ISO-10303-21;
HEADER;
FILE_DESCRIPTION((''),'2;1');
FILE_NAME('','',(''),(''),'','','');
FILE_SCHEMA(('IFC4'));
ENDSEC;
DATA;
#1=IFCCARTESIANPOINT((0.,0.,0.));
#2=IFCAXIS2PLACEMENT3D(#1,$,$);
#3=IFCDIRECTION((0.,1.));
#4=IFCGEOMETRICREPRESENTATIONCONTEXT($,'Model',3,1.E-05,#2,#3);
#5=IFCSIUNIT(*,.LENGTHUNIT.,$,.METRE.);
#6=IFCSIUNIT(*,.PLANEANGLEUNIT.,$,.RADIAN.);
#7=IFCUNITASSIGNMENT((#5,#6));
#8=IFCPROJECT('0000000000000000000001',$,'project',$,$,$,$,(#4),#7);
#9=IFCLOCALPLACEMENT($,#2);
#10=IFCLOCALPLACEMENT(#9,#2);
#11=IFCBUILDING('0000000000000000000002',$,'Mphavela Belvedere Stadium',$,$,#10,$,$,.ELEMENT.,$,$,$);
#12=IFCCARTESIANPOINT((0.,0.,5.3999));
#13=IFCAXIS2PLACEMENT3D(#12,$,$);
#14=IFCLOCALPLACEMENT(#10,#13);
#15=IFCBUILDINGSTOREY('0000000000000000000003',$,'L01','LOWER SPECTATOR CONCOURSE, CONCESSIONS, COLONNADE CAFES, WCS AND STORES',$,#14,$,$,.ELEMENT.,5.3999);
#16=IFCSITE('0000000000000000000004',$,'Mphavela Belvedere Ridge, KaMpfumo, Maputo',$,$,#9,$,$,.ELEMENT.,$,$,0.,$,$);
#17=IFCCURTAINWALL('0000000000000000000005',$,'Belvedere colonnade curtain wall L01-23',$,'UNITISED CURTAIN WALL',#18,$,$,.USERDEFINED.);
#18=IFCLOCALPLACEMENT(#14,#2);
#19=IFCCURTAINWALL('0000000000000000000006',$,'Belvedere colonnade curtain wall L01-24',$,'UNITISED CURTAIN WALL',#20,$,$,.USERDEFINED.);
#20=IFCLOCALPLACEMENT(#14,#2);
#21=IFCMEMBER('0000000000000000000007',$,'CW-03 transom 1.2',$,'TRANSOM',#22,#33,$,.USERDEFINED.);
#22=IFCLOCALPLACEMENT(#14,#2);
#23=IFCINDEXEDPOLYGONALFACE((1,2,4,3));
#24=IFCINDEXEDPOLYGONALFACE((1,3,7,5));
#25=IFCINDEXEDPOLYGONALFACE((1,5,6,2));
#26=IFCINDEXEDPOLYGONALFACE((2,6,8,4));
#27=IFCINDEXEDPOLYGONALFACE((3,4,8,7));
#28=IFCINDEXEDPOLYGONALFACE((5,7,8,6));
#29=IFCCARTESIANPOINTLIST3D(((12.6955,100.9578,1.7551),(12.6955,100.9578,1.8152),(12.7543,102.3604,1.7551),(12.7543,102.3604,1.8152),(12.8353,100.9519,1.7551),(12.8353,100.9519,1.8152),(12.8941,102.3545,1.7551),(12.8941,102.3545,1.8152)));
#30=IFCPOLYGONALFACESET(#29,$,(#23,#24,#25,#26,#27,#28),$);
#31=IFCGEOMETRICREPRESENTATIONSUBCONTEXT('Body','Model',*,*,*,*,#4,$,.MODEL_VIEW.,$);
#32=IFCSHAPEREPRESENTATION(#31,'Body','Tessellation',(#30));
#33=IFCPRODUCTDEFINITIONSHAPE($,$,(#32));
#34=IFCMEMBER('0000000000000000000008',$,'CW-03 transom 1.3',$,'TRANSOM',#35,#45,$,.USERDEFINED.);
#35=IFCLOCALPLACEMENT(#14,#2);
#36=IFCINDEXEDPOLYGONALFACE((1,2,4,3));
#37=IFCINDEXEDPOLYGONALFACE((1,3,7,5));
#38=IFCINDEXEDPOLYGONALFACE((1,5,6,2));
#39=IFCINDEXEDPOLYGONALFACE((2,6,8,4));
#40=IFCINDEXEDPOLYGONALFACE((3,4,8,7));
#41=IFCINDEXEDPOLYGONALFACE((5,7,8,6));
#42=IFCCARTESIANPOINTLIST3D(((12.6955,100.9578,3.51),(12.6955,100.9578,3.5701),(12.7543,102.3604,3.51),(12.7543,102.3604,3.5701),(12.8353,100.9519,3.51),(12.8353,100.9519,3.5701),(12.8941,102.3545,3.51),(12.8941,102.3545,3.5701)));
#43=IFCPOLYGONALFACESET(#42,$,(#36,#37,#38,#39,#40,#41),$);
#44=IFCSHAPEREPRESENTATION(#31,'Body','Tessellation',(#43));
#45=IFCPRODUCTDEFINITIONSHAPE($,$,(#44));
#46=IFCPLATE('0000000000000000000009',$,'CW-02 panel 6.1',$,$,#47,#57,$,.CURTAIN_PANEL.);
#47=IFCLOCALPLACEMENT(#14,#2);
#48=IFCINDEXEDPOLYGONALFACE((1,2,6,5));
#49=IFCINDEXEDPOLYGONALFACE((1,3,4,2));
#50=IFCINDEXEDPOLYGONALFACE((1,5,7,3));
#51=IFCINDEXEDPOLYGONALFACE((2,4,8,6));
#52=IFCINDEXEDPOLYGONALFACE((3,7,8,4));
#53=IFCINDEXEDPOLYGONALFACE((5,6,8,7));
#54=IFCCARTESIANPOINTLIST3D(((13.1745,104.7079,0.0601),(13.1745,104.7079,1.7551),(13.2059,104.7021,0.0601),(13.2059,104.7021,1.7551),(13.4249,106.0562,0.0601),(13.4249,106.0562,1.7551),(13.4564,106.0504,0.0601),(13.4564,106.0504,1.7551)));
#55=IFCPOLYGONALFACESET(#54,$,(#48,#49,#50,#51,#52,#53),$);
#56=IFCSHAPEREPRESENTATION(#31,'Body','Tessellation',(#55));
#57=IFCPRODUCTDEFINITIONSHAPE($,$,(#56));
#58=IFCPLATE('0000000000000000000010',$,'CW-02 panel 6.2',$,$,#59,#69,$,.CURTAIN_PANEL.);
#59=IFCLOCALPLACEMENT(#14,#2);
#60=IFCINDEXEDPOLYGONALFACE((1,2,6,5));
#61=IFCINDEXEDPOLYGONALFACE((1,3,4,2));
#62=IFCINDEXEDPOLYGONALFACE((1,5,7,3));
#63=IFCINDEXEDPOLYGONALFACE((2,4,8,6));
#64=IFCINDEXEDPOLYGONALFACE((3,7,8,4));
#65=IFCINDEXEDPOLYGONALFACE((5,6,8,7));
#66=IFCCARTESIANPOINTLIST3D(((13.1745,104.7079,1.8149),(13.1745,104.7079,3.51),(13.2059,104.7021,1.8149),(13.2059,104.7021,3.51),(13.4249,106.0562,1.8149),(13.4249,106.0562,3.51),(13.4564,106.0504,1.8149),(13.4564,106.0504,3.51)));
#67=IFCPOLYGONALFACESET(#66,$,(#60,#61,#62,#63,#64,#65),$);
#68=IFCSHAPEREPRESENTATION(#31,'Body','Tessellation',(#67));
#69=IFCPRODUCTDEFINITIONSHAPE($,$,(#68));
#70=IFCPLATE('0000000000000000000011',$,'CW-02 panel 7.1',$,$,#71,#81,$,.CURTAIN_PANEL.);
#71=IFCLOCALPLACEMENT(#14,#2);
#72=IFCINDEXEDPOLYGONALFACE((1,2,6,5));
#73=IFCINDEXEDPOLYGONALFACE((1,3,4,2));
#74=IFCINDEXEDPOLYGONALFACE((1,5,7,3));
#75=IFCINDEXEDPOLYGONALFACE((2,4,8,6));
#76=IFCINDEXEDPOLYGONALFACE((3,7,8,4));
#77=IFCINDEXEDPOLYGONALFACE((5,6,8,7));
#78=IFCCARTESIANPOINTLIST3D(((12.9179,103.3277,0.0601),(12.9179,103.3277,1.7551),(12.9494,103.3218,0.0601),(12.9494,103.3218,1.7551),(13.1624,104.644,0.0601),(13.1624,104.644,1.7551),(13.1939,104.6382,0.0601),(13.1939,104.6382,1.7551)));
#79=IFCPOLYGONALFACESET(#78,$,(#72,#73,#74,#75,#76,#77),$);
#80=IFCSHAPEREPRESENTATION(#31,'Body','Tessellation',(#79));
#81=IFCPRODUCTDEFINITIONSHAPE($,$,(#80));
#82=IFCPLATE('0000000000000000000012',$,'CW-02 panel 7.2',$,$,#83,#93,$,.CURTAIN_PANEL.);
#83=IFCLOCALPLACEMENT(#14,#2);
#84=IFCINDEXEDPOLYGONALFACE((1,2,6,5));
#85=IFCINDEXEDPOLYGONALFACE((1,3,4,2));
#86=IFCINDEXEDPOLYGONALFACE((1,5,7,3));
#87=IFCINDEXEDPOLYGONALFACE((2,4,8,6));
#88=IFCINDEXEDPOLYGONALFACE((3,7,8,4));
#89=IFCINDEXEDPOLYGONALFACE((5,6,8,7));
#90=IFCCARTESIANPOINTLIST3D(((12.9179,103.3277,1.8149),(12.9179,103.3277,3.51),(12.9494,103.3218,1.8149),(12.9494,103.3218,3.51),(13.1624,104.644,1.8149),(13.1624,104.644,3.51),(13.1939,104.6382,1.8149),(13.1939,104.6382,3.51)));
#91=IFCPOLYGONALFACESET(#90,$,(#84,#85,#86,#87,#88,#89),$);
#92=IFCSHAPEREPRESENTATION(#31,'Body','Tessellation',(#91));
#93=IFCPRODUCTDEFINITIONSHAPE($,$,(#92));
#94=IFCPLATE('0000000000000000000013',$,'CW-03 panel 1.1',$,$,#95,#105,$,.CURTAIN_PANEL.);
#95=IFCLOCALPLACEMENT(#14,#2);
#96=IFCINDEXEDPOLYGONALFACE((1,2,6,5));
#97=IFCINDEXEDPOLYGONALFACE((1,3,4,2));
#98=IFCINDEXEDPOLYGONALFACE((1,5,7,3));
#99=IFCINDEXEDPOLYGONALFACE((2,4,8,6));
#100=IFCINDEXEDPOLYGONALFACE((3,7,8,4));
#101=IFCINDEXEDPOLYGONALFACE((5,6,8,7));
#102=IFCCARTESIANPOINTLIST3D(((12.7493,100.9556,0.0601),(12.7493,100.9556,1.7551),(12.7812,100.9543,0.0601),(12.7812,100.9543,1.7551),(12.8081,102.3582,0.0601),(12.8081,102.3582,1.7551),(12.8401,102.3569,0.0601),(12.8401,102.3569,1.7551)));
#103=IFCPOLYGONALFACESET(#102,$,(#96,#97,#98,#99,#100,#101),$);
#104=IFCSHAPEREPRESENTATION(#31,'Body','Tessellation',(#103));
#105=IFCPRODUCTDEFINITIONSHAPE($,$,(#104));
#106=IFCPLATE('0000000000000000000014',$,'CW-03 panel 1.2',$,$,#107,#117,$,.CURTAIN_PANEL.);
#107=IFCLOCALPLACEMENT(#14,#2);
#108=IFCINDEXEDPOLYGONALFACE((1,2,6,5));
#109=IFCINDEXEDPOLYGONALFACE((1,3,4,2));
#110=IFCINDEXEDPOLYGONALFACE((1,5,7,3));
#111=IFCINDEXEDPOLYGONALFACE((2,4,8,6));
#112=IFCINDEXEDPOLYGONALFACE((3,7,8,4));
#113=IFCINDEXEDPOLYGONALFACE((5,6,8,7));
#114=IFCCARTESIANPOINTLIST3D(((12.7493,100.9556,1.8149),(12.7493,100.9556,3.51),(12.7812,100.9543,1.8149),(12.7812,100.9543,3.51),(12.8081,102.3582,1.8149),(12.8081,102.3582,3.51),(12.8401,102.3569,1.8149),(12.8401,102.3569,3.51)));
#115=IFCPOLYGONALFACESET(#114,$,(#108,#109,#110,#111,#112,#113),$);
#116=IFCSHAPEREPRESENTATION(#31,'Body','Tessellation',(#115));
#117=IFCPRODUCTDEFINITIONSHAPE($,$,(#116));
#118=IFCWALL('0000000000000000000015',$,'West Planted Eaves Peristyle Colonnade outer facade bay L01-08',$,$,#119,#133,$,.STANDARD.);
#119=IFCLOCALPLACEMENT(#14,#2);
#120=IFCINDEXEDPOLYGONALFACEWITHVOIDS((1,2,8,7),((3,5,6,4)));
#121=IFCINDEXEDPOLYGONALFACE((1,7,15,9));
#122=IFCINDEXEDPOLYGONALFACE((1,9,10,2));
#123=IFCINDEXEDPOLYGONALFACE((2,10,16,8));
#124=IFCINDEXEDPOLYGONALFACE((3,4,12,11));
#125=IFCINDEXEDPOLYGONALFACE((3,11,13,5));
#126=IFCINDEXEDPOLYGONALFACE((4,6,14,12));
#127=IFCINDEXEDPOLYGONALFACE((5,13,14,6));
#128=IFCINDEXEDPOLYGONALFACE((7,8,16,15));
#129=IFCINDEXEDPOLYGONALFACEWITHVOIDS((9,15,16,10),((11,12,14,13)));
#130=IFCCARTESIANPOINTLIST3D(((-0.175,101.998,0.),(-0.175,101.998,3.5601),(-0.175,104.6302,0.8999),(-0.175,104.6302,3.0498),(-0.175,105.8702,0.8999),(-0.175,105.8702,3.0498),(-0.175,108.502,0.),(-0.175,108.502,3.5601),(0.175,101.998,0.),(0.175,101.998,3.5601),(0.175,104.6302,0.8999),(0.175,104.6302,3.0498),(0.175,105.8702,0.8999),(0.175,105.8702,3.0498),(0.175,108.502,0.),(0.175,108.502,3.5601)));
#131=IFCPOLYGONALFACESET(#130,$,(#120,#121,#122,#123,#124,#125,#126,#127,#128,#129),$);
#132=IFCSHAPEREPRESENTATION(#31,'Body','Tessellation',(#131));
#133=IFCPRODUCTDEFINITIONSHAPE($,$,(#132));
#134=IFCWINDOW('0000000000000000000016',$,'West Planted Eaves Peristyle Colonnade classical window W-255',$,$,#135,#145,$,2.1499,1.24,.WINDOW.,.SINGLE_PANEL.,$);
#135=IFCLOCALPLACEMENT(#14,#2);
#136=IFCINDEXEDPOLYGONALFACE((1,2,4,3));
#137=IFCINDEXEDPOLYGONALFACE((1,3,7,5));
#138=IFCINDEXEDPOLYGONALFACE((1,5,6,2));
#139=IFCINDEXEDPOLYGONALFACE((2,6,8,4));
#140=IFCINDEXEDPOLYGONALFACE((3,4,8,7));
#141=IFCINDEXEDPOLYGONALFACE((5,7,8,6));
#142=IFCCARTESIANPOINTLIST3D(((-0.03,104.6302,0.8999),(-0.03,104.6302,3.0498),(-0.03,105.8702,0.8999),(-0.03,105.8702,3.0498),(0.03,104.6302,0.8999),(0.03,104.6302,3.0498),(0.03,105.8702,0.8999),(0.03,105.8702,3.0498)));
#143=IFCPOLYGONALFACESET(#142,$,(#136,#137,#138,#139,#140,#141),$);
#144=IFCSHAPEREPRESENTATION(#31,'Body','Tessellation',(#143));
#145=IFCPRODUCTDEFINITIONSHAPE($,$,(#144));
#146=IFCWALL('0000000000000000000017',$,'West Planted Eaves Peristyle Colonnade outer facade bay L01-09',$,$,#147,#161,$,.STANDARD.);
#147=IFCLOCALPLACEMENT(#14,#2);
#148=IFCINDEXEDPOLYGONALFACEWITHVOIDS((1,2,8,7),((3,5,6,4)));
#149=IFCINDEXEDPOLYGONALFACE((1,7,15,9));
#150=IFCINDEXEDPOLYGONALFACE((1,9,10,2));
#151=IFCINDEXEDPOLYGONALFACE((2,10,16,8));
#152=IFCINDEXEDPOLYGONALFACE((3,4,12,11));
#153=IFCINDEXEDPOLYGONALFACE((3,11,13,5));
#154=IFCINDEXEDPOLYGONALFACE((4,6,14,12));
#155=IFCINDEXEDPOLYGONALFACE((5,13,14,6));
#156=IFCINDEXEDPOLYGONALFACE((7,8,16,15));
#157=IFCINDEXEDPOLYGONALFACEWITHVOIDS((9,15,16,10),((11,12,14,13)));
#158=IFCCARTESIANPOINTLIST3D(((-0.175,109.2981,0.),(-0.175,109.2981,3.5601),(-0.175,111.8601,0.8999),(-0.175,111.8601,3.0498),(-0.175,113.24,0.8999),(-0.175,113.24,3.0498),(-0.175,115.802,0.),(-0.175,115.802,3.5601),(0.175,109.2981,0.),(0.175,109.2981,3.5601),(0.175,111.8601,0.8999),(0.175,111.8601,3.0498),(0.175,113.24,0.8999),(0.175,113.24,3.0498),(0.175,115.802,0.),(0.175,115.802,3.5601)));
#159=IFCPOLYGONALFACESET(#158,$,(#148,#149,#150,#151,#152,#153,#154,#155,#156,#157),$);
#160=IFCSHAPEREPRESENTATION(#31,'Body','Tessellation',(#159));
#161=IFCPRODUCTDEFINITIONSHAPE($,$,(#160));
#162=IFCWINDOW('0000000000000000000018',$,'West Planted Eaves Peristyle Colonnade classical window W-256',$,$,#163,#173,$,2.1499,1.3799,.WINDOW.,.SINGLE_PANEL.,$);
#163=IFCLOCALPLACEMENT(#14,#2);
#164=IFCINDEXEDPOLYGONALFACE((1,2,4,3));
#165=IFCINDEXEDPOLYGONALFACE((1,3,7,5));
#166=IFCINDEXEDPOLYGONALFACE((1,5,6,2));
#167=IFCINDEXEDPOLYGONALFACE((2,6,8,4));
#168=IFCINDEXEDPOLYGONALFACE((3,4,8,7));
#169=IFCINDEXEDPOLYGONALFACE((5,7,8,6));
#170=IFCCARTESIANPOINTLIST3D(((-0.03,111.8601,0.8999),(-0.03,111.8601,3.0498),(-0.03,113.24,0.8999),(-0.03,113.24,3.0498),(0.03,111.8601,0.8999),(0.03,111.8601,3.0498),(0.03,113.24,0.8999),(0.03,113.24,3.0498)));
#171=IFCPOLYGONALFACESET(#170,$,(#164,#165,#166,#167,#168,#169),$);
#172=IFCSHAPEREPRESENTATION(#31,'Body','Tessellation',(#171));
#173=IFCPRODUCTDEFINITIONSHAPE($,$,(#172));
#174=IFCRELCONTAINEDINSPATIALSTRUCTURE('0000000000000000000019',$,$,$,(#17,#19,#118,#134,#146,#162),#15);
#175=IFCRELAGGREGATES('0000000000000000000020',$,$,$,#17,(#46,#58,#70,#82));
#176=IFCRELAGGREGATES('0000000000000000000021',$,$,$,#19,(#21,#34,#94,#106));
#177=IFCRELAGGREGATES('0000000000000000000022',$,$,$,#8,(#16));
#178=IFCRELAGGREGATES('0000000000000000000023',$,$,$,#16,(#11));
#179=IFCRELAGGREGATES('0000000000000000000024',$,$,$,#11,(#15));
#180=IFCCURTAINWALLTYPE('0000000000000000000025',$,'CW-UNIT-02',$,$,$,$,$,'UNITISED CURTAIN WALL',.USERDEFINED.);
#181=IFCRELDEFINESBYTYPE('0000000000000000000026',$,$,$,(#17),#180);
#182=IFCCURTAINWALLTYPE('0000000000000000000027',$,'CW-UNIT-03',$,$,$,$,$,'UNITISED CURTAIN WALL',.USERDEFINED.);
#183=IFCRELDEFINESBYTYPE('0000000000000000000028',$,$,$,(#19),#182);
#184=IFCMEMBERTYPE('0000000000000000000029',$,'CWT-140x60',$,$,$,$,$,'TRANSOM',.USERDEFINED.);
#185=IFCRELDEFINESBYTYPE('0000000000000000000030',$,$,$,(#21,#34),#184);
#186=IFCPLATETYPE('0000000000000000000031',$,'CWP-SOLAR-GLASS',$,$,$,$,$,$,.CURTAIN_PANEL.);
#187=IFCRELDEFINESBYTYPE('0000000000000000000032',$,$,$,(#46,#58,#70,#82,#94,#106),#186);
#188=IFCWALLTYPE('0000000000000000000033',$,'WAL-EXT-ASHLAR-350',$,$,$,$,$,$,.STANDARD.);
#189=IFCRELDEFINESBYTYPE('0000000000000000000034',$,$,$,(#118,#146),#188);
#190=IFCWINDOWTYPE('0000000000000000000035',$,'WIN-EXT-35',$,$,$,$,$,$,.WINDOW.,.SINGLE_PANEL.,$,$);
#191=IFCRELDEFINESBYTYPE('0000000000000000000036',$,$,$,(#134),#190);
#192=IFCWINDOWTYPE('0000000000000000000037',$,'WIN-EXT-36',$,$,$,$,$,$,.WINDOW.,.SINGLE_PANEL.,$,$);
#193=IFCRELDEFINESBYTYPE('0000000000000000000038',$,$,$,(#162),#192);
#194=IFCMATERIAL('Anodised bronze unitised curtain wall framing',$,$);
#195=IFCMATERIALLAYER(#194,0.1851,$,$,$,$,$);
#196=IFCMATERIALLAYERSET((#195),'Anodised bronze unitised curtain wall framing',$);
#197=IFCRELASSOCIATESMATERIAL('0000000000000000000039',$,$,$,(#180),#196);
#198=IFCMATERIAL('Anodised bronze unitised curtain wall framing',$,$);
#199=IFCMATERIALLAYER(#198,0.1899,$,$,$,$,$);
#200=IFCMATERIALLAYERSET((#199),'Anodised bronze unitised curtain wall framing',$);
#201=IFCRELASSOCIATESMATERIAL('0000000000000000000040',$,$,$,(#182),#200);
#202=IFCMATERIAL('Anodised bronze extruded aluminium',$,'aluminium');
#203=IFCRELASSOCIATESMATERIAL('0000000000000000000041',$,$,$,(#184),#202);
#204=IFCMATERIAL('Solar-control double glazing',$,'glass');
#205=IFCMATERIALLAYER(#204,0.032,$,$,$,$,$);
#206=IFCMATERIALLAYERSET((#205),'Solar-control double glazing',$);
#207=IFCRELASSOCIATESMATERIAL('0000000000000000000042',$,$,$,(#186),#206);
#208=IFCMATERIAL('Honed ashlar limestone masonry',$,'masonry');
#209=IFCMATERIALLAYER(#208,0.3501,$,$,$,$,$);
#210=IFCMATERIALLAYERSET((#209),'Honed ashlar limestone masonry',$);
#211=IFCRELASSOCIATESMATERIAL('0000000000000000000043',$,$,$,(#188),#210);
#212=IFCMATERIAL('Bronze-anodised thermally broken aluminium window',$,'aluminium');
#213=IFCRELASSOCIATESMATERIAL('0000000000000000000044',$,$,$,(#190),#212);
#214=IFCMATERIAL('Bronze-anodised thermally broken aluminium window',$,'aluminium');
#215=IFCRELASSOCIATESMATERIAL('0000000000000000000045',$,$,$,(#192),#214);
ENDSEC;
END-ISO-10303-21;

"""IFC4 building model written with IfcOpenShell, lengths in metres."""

from ifc_helpers import new_model, si_unit, direction, frame, frame_2d, origin, origin_2d, place, context, subcontext, project, spatial, rectangle, extrude, material, layer, layer_set, material_profile, profile_set, type_object, element, fill, aggregate, save


model = new_model("IFC4")

# Units and contexts
model_context = context("Model", 3, precision=1e-05, world=origin(), true_north=direction((0.0, 1.0)))
body_context = subcontext(model_context, "Body", "Model", "MODEL_VIEW")
ifc_project = project(units=[si_unit("LENGTHUNIT", "METRE"), si_unit("PLANEANGLEUNIT", "RADIAN")], contexts=[model_context])

# Site, building, storey
site_placement = place(None, origin())
site = spatial("IfcSite", under=ifc_project, at=site_placement, Name="Mphavela Belvedere Ridge, KaMpfumo, Maputo", CompositionType="ELEMENT", RefElevation=0.0)
building_placement = place(site_placement, origin())
building = spatial("IfcBuilding", under=site, at=building_placement, Name="Mphavela Belvedere Stadium", CompositionType="ELEMENT")
storey_placement = place(building_placement, frame((0.0, 0.0, 5.3999)))
storey = spatial("IfcBuildingStorey", under=building, at=storey_placement, Name="L01", Description="LOWER SPECTATOR CONCOURSE, CONCESSIONS, COLONNADE CAFES, WCS AND STORES", CompositionType="ELEMENT", Elevation=5.3999)

# Curtain wall
ifc_material_1 = material(Name="Anodised bronze unitised curtain wall framing")
ifc_layer_1 = layer(ifc_material_1, 0.1851)
ifc_layer_set_1 = layer_set([ifc_layer_1], Name="Anodised bronze unitised curtain wall framing")
curtain_wall_type_1 = type_object("IfcCurtainWallType", Name="CW-UNIT-02", ElementType="UNITISED CURTAIN WALL", PredefinedType="USERDEFINED", material=ifc_layer_set_1)
curtain_wall_1_placement = place(storey_placement, origin())
curtain_wall_1 = element("IfcCurtainWall", 1, at=curtain_wall_1_placement, inside=storey, type_object=curtain_wall_type_1, Name="Belvedere colonnade curtain wall L01-23", ObjectType="UNITISED CURTAIN WALL", PredefinedType="USERDEFINED")

# Curtain wall
ifc_material_2 = material(Name="Anodised bronze unitised curtain wall framing")
ifc_layer_2 = layer(ifc_material_2, 0.1899)
ifc_layer_set_2 = layer_set([ifc_layer_2], Name="Anodised bronze unitised curtain wall framing")
curtain_wall_type_2 = type_object("IfcCurtainWallType", Name="CW-UNIT-03", ElementType="UNITISED CURTAIN WALL", PredefinedType="USERDEFINED", material=ifc_layer_set_2)
curtain_wall_2_placement = place(storey_placement, origin())
curtain_wall_2 = element("IfcCurtainWall", 2, at=curtain_wall_2_placement, inside=storey, type_object=curtain_wall_type_2, Name="Belvedere colonnade curtain wall L01-24", ObjectType="UNITISED CURTAIN WALL", PredefinedType="USERDEFINED")

# Members
ifc_material_3 = material(Name="Anodised bronze extruded aluminium", Category="aluminium")
ifc_material_profile_1 = material_profile(ifc_material_3, rectangle(XDim=0.1399, YDim=0.0601, at=origin_2d()), Name="CW-TRN 140x60")
ifc_profile_set_1 = profile_set([ifc_material_profile_1], Name="Anodised bronze extruded aluminium")
member_type_1 = type_object("IfcMemberType", Name="CWT-140x60", ElementType="TRANSOM", PredefinedType="USERDEFINED", material=ifc_profile_set_1)
member_1_placement = place(storey_placement, frame((12.8242, 102.3574, 1.7852), z_axis=(-0.041913, -0.999121, 0.0), x_axis=(0.999121, -0.041913, 0.0)))
member_1 = element("IfcMember", 3, at=member_1_placement, type_object=member_type_1, Name="CW-03 transom 1.2", ObjectType="TRANSOM", PredefinedType="USERDEFINED", context=body_context, shape_type="SweptSolid", body=[
    extrude(rectangle(XDim=0.1399, YDim=0.0601, at=origin_2d()), origin(), (0.0, 0.0, 1.0), 1.4038),
])
member_2_placement = place(storey_placement, frame((12.8242, 102.3574, 3.54), z_axis=(-0.041913, -0.999121, 0.0), x_axis=(0.999121, -0.041913, 0.0)))
member_2 = element("IfcMember", 4, at=member_2_placement, type_object=member_type_1, Name="CW-03 transom 1.3", ObjectType="TRANSOM", PredefinedType="USERDEFINED", context=body_context, shape_type="SweptSolid", body=[
    extrude(rectangle(XDim=0.1399, YDim=0.0601, at=origin_2d()), origin(), (0.0, 0.0, 1.0), 1.4038),
])

# Plates
ifc_material_4 = material(Name="Solar-control double glazing", Category="glass")
ifc_layer_3 = layer(ifc_material_4, 0.032)
ifc_layer_set_3 = layer_set([ifc_layer_3], Name="Solar-control double glazing")
plate_type = type_object("IfcPlateType", Name="CWP-SOLAR-GLASS", PredefinedType="CURTAIN_PANEL", material=ifc_layer_set_3)
plate_1_placement = place(storey_placement, frame((13.3154, 105.3792, 0.0601), z_axis=(0.0, 0.0, 1.0), x_axis=(-0.18262, -0.983184, 0.0)))
plate_1 = element("IfcPlate", 5, at=plate_1_placement, type_object=plate_type, Name="CW-02 panel 6.1", PredefinedType="CURTAIN_PANEL", context=body_context, shape_type="SweptSolid", body=[
    extrude(rectangle(XDim=1.3713, YDim=0.032, at=origin_2d()), origin(), (0.0, 0.0, 1.0), 1.6951),
])
plate_2_placement = place(storey_placement, frame((13.3154, 105.3792, 1.8149), z_axis=(0.0, 0.0, 1.0), x_axis=(-0.18262, -0.983184, 0.0)))
plate_2 = element("IfcPlate", 6, at=plate_2_placement, type_object=plate_type, Name="CW-02 panel 6.2", PredefinedType="CURTAIN_PANEL", context=body_context, shape_type="SweptSolid", body=[
    extrude(rectangle(XDim=1.3713, YDim=0.032, at=origin_2d()), origin(), (0.0, 0.0, 1.0), 1.6951),
])
plate_3_placement = place(storey_placement, frame((13.0559, 103.9829, 0.0601), z_axis=(0.0, 0.0, 1.0), x_axis=(-0.18262, -0.983184, 0.0)))
plate_3 = element("IfcPlate", 7, at=plate_3_placement, type_object=plate_type, Name="CW-02 panel 7.1", PredefinedType="CURTAIN_PANEL", context=body_context, shape_type="SweptSolid", body=[
    extrude(rectangle(XDim=1.3389, YDim=0.032, at=origin_2d()), origin(), (0.0, 0.0, 1.0), 1.6951),
])
plate_4_placement = place(storey_placement, frame((13.0559, 103.9829, 1.8149), z_axis=(0.0, 0.0, 1.0), x_axis=(-0.18262, -0.983184, 0.0)))
plate_4 = element("IfcPlate", 8, at=plate_4_placement, type_object=plate_type, Name="CW-02 panel 7.2", PredefinedType="CURTAIN_PANEL", context=body_context, shape_type="SweptSolid", body=[
    extrude(rectangle(XDim=1.3389, YDim=0.032, at=origin_2d()), origin(), (0.0, 0.0, 1.0), 1.6951),
])
aggregate(curtain_wall_1, [plate_1, plate_2, plate_3, plate_4])
plate_5_placement = place(storey_placement, frame((12.7947, 101.6562, 0.0601), z_axis=(0.0, 0.0, 1.0), x_axis=(-0.04191, -0.999121, 0.0)))
plate_5 = element("IfcPlate", 9, at=plate_5_placement, type_object=plate_type, Name="CW-03 panel 1.1", PredefinedType="CURTAIN_PANEL", context=body_context, shape_type="SweptSolid", body=[
    extrude(rectangle(XDim=1.4038, YDim=0.032, at=origin_2d()), origin(), (0.0, 0.0, 1.0), 1.6951),
])
plate_6_placement = place(storey_placement, frame((12.7947, 101.6562, 1.8149), z_axis=(0.0, 0.0, 1.0), x_axis=(-0.04191, -0.999121, 0.0)))
plate_6 = element("IfcPlate", 10, at=plate_6_placement, type_object=plate_type, Name="CW-03 panel 1.2", PredefinedType="CURTAIN_PANEL", context=body_context, shape_type="SweptSolid", body=[
    extrude(rectangle(XDim=1.4038, YDim=0.032, at=origin_2d()), origin(), (0.0, 0.0, 1.0), 1.6951),
])
aggregate(curtain_wall_2, [member_1, member_2, plate_5, plate_6])

# Walls, openings, windows
ifc_material_5 = material(Name="Honed ashlar limestone masonry", Category="masonry")
ifc_layer_4 = layer(ifc_material_5, 0.3501)
ifc_layer_set_4 = layer_set([ifc_layer_4], Name="Honed ashlar limestone masonry")
wall_type_1 = type_object("IfcWallType", Name="WAL-EXT-ASHLAR-350", PredefinedType="STANDARD", material=ifc_layer_set_4)
wall_1_placement = place(storey_placement, frame((0.0, 101.998, 0.0), z_axis=(0.0, 0.0, 1.0), x_axis=(0.0, 1.0, 0.0)))
wall_1 = element("IfcWall", 11, at=wall_1_placement, inside=storey, type_object=wall_type_1, Name="West Planted Eaves Peristyle Colonnade outer facade bay L01-08", PredefinedType="STANDARD", context=body_context, shape_type="SweptSolid", body=[
    extrude(rectangle(XDim=6.5039, YDim=0.3501, at=frame_2d((3.252, 0.0))), origin(), (0.0, 0.0, 1.0), 3.5601),
])
opening_1_placement = place(wall_1_placement, frame((2.6321, 0.0, 0.8999)))
opening_1 = element("IfcOpeningElement", 12, at=opening_1_placement, cuts=wall_1, PredefinedType="OPENING", context=body_context, shape_type="SweptSolid", body=[
    extrude(rectangle(XDim=1.24, YDim=2.1499, at=frame_2d((0.6201, 1.075))), frame((0.0, 0.1851, 0.0), z_axis=(0.0, -1.0, 0.0), x_axis=(1.0, 0.0, 0.0)), (0.0, 0.0, 1.0), 0.3701),
])
ifc_material_6 = material(Name="Bronze-anodised thermally broken aluminium window", Category="aluminium")
window_type_1 = type_object("IfcWindowType", Name="WIN-EXT-35", PartitioningType="SINGLE_PANEL", PredefinedType="WINDOW", material=ifc_material_6)
window_1_placement = place(opening_1_placement, origin())
window_1 = element("IfcWindow", 13, at=window_1_placement, inside=storey, type_object=window_type_1, Name="West Planted Eaves Peristyle Colonnade classical window W-255", OverallHeight=2.1499, OverallWidth=1.24, PartitioningType="SINGLE_PANEL", PredefinedType="WINDOW", context=body_context, shape_type="SweptSolid", body=[
    extrude(rectangle(XDim=1.24, YDim=2.1499, at=frame_2d((0.6201, 1.075))), frame((0.0, 0.03, 0.0), z_axis=(0.0, -1.0, 0.0), x_axis=(1.0, 0.0, 0.0)), (0.0, 0.0, 1.0), 0.0601),
])
fill(opening_1, window_1)
wall_2_placement = place(storey_placement, frame((0.0, 109.2981, 0.0), z_axis=(0.0, 0.0, 1.0), x_axis=(0.0, 1.0, 0.0)))
wall_2 = element("IfcWall", 14, at=wall_2_placement, inside=storey, type_object=wall_type_1, Name="West Planted Eaves Peristyle Colonnade outer facade bay L01-09", PredefinedType="STANDARD", context=body_context, shape_type="SweptSolid", body=[
    extrude(rectangle(XDim=6.5039, YDim=0.3501, at=frame_2d((3.252, 0.0))), origin(), (0.0, 0.0, 1.0), 3.5601),
])
opening_2_placement = place(wall_2_placement, frame((2.562, 0.0, 0.8999)))
opening_2 = element("IfcOpeningElement", 15, at=opening_2_placement, cuts=wall_2, PredefinedType="OPENING", context=body_context, shape_type="SweptSolid", body=[
    extrude(rectangle(XDim=1.3799, YDim=2.1499, at=frame_2d((0.6899, 1.075))), frame((0.0, 0.1851, 0.0), z_axis=(0.0, -1.0, 0.0), x_axis=(1.0, 0.0, 0.0)), (0.0, 0.0, 1.0), 0.3701),
])
ifc_material_7 = material(Name="Bronze-anodised thermally broken aluminium window", Category="aluminium")
window_type_2 = type_object("IfcWindowType", Name="WIN-EXT-36", PartitioningType="SINGLE_PANEL", PredefinedType="WINDOW", material=ifc_material_7)
window_2_placement = place(opening_2_placement, origin())
window_2 = element("IfcWindow", 16, at=window_2_placement, inside=storey, type_object=window_type_2, Name="West Planted Eaves Peristyle Colonnade classical window W-256", OverallHeight=2.1499, OverallWidth=1.3799, PartitioningType="SINGLE_PANEL", PredefinedType="WINDOW", context=body_context, shape_type="SweptSolid", body=[
    extrude(rectangle(XDim=1.3799, YDim=2.1499, at=frame_2d((0.6899, 1.075))), frame((0.0, 0.03, 0.0), z_axis=(0.0, -1.0, 0.0), x_axis=(1.0, 0.0, 0.0)), (0.0, 0.0, 1.0), 0.0601),
])
fill(opening_2, window_2)

save(model, "model.ifc")
